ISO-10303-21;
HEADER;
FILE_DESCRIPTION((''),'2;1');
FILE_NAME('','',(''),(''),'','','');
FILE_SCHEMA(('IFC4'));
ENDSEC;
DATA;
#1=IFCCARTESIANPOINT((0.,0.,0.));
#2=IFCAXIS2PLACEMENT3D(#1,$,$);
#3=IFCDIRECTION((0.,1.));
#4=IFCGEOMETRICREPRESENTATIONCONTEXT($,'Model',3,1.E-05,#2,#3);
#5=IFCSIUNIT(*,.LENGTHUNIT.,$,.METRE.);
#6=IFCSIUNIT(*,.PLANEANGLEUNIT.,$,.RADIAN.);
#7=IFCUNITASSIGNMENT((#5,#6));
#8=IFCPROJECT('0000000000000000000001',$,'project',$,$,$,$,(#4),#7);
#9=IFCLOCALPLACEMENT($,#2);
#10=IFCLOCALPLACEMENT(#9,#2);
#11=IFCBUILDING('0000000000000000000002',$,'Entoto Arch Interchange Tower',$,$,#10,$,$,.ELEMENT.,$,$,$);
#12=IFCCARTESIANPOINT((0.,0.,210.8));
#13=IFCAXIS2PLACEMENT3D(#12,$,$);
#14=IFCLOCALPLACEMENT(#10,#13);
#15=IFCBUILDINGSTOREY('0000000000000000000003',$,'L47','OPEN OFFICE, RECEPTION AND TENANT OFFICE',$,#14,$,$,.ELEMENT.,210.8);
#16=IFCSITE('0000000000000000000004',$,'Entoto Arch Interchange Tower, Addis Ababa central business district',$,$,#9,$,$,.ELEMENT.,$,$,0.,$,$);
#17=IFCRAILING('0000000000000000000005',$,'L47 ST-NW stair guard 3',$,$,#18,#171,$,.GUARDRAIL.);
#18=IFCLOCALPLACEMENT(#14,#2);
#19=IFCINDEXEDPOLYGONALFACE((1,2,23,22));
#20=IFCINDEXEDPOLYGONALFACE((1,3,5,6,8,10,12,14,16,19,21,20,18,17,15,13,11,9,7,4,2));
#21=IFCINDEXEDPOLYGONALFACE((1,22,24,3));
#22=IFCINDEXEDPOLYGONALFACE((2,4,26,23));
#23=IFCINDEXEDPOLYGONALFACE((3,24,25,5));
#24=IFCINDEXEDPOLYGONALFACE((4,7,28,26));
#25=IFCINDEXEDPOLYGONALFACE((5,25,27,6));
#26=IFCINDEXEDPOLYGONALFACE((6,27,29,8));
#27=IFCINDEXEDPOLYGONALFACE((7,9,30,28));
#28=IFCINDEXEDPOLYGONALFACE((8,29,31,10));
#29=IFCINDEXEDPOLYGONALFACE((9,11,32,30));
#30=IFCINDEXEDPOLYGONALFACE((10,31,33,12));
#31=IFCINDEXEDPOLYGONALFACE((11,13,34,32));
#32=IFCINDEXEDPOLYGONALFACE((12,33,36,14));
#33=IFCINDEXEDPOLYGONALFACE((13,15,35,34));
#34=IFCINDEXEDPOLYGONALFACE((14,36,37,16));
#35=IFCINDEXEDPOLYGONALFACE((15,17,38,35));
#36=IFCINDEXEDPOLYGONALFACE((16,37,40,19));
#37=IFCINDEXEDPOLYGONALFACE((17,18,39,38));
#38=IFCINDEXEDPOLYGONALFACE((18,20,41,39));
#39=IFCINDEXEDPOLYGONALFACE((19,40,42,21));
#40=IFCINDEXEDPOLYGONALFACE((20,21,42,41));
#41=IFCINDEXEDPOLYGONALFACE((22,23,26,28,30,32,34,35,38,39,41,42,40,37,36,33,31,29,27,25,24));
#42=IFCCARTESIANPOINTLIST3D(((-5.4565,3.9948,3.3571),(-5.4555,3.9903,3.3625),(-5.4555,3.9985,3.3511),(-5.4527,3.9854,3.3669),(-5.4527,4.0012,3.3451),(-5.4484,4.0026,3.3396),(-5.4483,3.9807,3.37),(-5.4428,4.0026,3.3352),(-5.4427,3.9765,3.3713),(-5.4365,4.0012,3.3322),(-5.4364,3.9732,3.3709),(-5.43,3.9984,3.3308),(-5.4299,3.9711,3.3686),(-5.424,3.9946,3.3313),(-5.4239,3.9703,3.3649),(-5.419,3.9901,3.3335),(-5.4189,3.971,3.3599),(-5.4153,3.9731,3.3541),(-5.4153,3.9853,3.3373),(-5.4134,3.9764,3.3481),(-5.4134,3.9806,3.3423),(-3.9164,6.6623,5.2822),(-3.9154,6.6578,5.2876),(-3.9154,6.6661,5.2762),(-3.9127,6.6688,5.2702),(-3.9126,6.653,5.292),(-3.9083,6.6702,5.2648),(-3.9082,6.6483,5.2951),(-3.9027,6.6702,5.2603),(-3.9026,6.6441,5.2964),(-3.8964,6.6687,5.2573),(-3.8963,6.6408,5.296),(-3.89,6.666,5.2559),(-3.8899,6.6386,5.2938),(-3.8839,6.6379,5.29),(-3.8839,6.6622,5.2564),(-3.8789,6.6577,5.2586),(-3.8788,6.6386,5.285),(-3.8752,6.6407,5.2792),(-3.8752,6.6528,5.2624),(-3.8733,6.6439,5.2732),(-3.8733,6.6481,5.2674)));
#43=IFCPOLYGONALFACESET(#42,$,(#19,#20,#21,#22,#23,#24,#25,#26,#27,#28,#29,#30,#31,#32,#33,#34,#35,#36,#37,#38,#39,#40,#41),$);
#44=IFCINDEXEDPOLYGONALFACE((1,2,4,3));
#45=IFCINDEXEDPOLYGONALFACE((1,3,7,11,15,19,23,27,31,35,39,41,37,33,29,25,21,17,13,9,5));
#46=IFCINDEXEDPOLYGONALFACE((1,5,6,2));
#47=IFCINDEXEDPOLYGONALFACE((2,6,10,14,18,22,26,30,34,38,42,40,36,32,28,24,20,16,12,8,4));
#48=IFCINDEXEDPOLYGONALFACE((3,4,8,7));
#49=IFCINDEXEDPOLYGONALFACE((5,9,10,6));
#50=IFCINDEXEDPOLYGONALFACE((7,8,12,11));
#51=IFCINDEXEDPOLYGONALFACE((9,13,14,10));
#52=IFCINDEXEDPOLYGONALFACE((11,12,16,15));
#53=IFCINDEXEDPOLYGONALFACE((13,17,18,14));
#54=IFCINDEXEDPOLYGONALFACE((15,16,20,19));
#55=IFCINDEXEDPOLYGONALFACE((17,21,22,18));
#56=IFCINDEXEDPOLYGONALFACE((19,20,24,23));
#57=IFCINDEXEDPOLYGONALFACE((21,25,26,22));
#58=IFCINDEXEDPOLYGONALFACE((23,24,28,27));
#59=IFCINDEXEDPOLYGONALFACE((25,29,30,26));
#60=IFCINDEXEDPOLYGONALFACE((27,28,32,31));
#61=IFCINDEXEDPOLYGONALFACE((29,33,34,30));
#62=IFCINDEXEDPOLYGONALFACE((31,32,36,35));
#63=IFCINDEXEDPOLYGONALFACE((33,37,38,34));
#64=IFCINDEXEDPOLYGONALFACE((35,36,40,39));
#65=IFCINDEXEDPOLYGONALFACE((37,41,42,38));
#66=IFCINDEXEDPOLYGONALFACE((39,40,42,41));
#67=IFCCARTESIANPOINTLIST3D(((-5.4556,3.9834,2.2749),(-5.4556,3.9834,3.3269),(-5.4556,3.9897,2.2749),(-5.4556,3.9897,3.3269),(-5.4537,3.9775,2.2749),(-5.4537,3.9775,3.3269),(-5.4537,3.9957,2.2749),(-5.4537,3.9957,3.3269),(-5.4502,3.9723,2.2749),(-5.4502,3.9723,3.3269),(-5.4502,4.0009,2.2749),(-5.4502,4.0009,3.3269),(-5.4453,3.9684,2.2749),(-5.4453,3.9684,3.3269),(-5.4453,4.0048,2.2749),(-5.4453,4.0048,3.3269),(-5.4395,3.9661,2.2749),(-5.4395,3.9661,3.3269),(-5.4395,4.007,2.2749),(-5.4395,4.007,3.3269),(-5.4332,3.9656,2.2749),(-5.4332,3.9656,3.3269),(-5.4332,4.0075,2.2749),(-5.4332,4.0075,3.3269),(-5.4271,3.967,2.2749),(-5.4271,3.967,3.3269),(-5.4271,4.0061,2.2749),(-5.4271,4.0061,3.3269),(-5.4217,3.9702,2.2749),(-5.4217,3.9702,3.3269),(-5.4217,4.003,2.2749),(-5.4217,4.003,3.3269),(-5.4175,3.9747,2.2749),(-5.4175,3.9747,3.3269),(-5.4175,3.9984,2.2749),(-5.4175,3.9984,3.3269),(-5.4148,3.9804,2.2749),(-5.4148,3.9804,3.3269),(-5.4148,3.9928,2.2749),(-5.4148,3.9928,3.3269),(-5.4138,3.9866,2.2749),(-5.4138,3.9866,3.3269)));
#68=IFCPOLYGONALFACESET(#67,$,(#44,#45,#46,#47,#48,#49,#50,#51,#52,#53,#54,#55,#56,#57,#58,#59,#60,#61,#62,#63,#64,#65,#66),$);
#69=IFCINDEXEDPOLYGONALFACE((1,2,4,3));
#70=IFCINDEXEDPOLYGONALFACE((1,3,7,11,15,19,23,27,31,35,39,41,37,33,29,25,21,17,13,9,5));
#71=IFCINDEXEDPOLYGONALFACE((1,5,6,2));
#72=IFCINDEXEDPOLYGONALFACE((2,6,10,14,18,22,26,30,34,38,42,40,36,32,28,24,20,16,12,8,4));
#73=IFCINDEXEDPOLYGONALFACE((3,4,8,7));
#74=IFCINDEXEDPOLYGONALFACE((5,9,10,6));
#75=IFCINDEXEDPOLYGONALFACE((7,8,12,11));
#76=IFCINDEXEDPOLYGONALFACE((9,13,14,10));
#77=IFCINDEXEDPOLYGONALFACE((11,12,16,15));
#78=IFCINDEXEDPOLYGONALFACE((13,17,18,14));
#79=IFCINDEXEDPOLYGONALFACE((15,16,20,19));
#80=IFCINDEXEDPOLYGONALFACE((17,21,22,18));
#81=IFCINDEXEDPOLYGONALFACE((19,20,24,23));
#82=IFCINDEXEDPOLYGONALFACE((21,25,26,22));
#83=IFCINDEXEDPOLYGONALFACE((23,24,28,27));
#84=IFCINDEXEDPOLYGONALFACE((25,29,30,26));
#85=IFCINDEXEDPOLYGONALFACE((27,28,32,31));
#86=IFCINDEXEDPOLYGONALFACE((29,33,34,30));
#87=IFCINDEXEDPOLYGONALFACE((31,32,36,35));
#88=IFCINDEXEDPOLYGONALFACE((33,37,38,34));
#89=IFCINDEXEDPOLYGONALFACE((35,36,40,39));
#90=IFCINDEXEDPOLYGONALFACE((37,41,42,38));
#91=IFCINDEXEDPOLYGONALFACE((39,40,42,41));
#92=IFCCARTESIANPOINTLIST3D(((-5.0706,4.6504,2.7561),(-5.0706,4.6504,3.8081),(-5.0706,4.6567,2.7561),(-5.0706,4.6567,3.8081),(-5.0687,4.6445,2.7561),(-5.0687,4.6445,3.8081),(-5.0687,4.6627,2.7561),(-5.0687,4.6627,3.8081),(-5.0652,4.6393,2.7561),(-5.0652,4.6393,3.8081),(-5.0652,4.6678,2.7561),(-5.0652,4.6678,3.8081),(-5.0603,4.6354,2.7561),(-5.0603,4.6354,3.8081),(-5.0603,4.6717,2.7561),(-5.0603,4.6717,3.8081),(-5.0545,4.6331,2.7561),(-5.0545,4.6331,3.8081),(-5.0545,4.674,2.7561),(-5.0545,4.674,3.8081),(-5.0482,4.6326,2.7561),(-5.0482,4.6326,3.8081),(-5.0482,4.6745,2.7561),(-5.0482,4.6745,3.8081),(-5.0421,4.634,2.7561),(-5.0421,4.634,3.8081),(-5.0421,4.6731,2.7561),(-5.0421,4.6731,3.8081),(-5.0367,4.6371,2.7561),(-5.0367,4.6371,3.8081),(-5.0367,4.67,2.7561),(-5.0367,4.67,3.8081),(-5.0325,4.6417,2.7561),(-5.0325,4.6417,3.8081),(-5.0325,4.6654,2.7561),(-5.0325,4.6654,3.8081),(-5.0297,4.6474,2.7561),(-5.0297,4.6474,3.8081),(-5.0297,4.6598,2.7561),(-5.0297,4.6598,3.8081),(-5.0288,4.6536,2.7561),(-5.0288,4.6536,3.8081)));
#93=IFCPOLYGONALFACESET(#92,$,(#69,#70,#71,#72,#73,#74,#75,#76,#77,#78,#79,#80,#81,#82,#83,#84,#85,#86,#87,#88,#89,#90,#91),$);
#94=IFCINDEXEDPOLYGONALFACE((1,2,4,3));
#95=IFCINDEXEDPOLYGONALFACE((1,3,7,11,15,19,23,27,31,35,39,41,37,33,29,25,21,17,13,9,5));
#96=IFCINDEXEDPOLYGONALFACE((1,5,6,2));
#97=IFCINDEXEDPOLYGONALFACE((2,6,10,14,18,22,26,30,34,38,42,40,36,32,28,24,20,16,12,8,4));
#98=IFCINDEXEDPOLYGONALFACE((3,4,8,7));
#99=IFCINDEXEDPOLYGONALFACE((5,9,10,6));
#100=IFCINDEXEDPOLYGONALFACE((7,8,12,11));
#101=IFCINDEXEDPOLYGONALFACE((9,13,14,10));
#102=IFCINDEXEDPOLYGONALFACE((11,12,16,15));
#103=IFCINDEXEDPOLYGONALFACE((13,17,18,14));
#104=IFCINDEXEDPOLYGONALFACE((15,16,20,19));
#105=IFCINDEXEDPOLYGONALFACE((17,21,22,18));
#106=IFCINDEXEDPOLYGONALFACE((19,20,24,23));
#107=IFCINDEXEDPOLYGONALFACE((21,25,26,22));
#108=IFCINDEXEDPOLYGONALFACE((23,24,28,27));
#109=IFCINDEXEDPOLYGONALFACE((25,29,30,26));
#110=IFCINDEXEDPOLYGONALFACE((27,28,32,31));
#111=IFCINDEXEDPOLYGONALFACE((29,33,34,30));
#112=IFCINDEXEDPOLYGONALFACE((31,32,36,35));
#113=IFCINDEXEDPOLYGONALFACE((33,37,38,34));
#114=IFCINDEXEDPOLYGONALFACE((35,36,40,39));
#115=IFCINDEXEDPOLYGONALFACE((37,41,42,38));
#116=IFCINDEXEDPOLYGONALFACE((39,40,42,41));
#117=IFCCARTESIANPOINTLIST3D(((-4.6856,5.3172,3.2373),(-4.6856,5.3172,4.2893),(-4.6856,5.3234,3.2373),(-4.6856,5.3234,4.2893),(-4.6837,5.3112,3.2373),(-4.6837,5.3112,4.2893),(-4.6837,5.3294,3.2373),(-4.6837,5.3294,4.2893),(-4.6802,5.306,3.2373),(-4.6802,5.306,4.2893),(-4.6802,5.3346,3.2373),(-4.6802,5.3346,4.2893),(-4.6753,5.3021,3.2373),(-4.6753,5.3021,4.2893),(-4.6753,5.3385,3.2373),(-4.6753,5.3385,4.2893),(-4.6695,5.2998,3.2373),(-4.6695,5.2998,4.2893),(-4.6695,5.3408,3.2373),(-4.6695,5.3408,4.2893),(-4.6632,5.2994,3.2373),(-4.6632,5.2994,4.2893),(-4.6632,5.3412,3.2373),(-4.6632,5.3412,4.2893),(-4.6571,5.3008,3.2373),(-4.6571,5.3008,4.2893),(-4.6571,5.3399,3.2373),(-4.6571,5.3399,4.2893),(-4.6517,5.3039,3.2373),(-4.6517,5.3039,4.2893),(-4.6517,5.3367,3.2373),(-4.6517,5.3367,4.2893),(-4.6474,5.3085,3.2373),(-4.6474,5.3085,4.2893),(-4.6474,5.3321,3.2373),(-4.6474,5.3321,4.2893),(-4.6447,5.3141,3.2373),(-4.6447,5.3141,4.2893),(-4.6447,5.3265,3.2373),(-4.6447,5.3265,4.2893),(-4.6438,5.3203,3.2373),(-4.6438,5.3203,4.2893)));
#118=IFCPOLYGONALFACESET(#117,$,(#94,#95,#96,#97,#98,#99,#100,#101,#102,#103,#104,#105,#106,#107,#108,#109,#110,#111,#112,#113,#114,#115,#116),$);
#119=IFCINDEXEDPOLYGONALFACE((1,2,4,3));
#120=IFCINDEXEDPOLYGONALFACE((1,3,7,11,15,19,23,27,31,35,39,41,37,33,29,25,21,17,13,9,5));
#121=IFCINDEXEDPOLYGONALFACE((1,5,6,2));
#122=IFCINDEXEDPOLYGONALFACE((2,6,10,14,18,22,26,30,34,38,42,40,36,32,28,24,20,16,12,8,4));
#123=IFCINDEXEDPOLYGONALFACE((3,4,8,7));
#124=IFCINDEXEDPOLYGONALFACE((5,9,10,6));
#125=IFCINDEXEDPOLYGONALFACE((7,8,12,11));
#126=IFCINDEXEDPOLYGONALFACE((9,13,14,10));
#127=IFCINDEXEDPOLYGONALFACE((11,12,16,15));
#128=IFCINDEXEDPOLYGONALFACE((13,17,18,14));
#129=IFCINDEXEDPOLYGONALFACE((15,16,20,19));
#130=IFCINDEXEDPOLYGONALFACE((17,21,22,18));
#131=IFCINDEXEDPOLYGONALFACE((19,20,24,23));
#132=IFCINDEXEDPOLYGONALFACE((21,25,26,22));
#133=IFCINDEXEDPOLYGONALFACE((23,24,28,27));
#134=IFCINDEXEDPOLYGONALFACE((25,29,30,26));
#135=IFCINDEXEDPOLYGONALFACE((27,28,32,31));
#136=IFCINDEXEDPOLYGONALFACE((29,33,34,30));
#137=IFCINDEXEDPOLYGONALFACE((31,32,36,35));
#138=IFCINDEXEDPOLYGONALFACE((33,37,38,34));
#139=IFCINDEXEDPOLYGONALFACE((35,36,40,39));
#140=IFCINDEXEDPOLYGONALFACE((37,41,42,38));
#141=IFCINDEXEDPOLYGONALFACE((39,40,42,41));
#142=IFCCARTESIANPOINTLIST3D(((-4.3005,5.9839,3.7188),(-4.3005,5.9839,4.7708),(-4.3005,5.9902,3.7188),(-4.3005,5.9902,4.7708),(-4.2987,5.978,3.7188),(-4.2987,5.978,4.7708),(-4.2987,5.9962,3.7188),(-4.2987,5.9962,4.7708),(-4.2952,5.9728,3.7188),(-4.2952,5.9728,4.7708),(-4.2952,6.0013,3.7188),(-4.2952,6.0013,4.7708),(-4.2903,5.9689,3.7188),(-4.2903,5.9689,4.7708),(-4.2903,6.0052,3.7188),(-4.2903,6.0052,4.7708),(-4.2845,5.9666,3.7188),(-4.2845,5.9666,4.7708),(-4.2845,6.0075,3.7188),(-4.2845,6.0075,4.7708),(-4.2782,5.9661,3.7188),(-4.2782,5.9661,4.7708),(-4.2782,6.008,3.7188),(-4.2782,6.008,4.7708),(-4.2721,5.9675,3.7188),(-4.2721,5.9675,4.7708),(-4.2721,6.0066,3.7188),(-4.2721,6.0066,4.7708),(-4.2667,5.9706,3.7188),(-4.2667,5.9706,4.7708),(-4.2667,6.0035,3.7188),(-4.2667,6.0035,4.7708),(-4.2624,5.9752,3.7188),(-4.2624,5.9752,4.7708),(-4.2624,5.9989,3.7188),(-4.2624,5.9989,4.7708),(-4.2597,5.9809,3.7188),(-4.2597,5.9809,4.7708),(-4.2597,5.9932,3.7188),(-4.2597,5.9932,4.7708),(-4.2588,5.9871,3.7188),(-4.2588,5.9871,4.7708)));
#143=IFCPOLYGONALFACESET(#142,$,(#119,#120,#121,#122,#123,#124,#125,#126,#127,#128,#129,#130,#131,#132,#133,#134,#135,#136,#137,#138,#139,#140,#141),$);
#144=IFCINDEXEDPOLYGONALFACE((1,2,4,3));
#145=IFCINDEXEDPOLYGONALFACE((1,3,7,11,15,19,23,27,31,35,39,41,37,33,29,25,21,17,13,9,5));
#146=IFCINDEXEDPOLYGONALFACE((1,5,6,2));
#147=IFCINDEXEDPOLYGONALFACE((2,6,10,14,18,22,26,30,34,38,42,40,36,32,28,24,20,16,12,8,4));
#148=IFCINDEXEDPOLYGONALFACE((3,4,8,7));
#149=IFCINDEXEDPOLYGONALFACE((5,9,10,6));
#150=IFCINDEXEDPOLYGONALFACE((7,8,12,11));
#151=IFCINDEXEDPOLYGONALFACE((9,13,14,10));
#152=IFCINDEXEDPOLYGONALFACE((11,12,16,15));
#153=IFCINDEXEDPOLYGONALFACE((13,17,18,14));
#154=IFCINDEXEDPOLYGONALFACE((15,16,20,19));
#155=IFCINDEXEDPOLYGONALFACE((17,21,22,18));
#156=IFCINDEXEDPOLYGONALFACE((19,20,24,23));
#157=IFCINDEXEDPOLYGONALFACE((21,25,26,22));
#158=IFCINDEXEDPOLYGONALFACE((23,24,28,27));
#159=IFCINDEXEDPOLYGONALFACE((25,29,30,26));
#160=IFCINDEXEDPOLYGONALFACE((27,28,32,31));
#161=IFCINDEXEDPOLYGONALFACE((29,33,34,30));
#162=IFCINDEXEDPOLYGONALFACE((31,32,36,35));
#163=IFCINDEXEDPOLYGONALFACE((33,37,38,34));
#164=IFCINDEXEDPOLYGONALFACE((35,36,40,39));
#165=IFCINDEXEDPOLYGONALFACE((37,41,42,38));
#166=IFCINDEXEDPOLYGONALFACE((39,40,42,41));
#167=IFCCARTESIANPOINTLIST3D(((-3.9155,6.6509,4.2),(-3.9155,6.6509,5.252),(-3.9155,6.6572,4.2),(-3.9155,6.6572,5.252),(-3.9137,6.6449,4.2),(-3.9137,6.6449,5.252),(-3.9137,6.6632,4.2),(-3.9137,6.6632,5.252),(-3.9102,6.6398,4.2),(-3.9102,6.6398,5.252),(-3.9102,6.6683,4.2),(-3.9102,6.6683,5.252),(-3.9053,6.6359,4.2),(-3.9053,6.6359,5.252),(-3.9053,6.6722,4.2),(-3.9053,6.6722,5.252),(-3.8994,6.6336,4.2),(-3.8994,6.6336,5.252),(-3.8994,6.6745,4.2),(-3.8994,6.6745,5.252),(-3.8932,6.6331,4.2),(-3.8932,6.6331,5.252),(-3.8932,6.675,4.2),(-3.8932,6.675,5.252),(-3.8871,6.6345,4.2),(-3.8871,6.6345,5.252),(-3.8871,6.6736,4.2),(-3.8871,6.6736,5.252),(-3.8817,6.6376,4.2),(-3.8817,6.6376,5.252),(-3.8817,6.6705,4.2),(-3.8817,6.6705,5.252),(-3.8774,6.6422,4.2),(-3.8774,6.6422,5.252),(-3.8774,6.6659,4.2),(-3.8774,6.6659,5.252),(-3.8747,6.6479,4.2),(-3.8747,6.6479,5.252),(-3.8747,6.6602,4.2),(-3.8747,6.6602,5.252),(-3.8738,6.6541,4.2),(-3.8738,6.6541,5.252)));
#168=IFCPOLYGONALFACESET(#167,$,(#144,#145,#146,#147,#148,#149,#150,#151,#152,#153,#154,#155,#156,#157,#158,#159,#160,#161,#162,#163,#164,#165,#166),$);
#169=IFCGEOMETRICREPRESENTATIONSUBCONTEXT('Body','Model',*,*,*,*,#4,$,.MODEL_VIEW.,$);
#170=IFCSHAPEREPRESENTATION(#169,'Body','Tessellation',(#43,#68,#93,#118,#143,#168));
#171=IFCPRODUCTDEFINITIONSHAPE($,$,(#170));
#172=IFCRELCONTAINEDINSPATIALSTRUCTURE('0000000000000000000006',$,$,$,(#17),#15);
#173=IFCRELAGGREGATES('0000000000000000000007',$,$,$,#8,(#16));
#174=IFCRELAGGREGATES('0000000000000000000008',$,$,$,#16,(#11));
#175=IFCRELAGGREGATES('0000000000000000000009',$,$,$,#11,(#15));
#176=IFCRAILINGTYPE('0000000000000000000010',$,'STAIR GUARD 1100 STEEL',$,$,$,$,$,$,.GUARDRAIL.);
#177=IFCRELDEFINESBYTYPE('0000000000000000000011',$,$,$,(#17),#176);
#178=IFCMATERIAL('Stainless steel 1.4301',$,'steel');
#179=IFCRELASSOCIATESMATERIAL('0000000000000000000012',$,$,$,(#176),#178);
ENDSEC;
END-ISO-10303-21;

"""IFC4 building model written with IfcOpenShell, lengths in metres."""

from ifc_helpers import new_model, si_unit, direction, frame, origin, origin_2d, place, context, subcontext, project, spatial, circle, extrude, material, type_object, element, save


model = new_model("IFC4")

# Units and contexts
model_context = context("Model", 3, precision=1e-05, world=origin(), true_north=direction((0.0, 1.0)))
body_context = subcontext(model_context, "Body", "Model", "MODEL_VIEW")
ifc_project = project(units=[si_unit("LENGTHUNIT", "METRE"), si_unit("PLANEANGLEUNIT", "RADIAN")], contexts=[model_context])

# Site, building, storey
site_placement = place(None, origin())
site = spatial("IfcSite", under=ifc_project, at=site_placement, Name="Entoto Arch Interchange Tower, Addis Ababa central business district", CompositionType="ELEMENT", RefElevation=0.0)
building_placement = place(site_placement, origin())
building = spatial("IfcBuilding", under=site, at=building_placement, Name="Entoto Arch Interchange Tower", CompositionType="ELEMENT")
storey_placement = place(building_placement, frame((0.0, 0.0, 210.8)))
storey = spatial("IfcBuildingStorey", under=building, at=storey_placement, Name="L47", Description="OPEN OFFICE, RECEPTION AND TENANT OFFICE", CompositionType="ELEMENT", Elevation=210.8)

# Railing
ifc_material_1 = material(Name="Stainless steel 1.4301", Category="steel")
railing_type_1 = type_object("IfcRailingType", Name="STAIR GUARD 1100 STEEL", PredefinedType="GUARDRAIL", material=ifc_material_1)
railing_1_placement = place(storey_placement, frame((-5.4348, 3.9866, 2.2749)))
element("IfcRailing", 1, at=railing_1_placement, inside=storey, type_object=railing_type_1, Name="L47 ST-NW stair guard 3", PredefinedType="GUARDRAIL", context=body_context, shape_type="SweptSolid", body=[
    extrude(circle(Radius=0.0239, at=origin_2d()), frame((0.0, 0.0, 1.0762), z_axis=(0.423994, 0.734395, 0.529993), x_axis=(-0.86603, 0.499992, 0.0)), (0.0, 0.0, 1.0), 3.6323),
    extrude(circle(Radius=0.021, at=origin_2d()), origin(), (0.0, 0.0, 1.0), 1.052),
    extrude(circle(Radius=0.021, at=origin_2d()), frame((0.385, 0.667, 0.4812)), (0.0, 0.0, 1.0), 1.052),
    extrude(circle(Radius=0.021, at=origin_2d()), frame((0.77, 1.3337, 0.9624)), (0.0, 0.0, 1.0), 1.052),
    extrude(circle(Radius=0.021, at=origin_2d()), frame((1.155, 2.0005, 1.4438)), (0.0, 0.0, 1.0), 1.052),
    extrude(circle(Radius=0.021, at=origin_2d()), frame((1.54, 2.6675, 1.925)), (0.0, 0.0, 1.0), 1.052),
])

save(model, "model.ifc")
